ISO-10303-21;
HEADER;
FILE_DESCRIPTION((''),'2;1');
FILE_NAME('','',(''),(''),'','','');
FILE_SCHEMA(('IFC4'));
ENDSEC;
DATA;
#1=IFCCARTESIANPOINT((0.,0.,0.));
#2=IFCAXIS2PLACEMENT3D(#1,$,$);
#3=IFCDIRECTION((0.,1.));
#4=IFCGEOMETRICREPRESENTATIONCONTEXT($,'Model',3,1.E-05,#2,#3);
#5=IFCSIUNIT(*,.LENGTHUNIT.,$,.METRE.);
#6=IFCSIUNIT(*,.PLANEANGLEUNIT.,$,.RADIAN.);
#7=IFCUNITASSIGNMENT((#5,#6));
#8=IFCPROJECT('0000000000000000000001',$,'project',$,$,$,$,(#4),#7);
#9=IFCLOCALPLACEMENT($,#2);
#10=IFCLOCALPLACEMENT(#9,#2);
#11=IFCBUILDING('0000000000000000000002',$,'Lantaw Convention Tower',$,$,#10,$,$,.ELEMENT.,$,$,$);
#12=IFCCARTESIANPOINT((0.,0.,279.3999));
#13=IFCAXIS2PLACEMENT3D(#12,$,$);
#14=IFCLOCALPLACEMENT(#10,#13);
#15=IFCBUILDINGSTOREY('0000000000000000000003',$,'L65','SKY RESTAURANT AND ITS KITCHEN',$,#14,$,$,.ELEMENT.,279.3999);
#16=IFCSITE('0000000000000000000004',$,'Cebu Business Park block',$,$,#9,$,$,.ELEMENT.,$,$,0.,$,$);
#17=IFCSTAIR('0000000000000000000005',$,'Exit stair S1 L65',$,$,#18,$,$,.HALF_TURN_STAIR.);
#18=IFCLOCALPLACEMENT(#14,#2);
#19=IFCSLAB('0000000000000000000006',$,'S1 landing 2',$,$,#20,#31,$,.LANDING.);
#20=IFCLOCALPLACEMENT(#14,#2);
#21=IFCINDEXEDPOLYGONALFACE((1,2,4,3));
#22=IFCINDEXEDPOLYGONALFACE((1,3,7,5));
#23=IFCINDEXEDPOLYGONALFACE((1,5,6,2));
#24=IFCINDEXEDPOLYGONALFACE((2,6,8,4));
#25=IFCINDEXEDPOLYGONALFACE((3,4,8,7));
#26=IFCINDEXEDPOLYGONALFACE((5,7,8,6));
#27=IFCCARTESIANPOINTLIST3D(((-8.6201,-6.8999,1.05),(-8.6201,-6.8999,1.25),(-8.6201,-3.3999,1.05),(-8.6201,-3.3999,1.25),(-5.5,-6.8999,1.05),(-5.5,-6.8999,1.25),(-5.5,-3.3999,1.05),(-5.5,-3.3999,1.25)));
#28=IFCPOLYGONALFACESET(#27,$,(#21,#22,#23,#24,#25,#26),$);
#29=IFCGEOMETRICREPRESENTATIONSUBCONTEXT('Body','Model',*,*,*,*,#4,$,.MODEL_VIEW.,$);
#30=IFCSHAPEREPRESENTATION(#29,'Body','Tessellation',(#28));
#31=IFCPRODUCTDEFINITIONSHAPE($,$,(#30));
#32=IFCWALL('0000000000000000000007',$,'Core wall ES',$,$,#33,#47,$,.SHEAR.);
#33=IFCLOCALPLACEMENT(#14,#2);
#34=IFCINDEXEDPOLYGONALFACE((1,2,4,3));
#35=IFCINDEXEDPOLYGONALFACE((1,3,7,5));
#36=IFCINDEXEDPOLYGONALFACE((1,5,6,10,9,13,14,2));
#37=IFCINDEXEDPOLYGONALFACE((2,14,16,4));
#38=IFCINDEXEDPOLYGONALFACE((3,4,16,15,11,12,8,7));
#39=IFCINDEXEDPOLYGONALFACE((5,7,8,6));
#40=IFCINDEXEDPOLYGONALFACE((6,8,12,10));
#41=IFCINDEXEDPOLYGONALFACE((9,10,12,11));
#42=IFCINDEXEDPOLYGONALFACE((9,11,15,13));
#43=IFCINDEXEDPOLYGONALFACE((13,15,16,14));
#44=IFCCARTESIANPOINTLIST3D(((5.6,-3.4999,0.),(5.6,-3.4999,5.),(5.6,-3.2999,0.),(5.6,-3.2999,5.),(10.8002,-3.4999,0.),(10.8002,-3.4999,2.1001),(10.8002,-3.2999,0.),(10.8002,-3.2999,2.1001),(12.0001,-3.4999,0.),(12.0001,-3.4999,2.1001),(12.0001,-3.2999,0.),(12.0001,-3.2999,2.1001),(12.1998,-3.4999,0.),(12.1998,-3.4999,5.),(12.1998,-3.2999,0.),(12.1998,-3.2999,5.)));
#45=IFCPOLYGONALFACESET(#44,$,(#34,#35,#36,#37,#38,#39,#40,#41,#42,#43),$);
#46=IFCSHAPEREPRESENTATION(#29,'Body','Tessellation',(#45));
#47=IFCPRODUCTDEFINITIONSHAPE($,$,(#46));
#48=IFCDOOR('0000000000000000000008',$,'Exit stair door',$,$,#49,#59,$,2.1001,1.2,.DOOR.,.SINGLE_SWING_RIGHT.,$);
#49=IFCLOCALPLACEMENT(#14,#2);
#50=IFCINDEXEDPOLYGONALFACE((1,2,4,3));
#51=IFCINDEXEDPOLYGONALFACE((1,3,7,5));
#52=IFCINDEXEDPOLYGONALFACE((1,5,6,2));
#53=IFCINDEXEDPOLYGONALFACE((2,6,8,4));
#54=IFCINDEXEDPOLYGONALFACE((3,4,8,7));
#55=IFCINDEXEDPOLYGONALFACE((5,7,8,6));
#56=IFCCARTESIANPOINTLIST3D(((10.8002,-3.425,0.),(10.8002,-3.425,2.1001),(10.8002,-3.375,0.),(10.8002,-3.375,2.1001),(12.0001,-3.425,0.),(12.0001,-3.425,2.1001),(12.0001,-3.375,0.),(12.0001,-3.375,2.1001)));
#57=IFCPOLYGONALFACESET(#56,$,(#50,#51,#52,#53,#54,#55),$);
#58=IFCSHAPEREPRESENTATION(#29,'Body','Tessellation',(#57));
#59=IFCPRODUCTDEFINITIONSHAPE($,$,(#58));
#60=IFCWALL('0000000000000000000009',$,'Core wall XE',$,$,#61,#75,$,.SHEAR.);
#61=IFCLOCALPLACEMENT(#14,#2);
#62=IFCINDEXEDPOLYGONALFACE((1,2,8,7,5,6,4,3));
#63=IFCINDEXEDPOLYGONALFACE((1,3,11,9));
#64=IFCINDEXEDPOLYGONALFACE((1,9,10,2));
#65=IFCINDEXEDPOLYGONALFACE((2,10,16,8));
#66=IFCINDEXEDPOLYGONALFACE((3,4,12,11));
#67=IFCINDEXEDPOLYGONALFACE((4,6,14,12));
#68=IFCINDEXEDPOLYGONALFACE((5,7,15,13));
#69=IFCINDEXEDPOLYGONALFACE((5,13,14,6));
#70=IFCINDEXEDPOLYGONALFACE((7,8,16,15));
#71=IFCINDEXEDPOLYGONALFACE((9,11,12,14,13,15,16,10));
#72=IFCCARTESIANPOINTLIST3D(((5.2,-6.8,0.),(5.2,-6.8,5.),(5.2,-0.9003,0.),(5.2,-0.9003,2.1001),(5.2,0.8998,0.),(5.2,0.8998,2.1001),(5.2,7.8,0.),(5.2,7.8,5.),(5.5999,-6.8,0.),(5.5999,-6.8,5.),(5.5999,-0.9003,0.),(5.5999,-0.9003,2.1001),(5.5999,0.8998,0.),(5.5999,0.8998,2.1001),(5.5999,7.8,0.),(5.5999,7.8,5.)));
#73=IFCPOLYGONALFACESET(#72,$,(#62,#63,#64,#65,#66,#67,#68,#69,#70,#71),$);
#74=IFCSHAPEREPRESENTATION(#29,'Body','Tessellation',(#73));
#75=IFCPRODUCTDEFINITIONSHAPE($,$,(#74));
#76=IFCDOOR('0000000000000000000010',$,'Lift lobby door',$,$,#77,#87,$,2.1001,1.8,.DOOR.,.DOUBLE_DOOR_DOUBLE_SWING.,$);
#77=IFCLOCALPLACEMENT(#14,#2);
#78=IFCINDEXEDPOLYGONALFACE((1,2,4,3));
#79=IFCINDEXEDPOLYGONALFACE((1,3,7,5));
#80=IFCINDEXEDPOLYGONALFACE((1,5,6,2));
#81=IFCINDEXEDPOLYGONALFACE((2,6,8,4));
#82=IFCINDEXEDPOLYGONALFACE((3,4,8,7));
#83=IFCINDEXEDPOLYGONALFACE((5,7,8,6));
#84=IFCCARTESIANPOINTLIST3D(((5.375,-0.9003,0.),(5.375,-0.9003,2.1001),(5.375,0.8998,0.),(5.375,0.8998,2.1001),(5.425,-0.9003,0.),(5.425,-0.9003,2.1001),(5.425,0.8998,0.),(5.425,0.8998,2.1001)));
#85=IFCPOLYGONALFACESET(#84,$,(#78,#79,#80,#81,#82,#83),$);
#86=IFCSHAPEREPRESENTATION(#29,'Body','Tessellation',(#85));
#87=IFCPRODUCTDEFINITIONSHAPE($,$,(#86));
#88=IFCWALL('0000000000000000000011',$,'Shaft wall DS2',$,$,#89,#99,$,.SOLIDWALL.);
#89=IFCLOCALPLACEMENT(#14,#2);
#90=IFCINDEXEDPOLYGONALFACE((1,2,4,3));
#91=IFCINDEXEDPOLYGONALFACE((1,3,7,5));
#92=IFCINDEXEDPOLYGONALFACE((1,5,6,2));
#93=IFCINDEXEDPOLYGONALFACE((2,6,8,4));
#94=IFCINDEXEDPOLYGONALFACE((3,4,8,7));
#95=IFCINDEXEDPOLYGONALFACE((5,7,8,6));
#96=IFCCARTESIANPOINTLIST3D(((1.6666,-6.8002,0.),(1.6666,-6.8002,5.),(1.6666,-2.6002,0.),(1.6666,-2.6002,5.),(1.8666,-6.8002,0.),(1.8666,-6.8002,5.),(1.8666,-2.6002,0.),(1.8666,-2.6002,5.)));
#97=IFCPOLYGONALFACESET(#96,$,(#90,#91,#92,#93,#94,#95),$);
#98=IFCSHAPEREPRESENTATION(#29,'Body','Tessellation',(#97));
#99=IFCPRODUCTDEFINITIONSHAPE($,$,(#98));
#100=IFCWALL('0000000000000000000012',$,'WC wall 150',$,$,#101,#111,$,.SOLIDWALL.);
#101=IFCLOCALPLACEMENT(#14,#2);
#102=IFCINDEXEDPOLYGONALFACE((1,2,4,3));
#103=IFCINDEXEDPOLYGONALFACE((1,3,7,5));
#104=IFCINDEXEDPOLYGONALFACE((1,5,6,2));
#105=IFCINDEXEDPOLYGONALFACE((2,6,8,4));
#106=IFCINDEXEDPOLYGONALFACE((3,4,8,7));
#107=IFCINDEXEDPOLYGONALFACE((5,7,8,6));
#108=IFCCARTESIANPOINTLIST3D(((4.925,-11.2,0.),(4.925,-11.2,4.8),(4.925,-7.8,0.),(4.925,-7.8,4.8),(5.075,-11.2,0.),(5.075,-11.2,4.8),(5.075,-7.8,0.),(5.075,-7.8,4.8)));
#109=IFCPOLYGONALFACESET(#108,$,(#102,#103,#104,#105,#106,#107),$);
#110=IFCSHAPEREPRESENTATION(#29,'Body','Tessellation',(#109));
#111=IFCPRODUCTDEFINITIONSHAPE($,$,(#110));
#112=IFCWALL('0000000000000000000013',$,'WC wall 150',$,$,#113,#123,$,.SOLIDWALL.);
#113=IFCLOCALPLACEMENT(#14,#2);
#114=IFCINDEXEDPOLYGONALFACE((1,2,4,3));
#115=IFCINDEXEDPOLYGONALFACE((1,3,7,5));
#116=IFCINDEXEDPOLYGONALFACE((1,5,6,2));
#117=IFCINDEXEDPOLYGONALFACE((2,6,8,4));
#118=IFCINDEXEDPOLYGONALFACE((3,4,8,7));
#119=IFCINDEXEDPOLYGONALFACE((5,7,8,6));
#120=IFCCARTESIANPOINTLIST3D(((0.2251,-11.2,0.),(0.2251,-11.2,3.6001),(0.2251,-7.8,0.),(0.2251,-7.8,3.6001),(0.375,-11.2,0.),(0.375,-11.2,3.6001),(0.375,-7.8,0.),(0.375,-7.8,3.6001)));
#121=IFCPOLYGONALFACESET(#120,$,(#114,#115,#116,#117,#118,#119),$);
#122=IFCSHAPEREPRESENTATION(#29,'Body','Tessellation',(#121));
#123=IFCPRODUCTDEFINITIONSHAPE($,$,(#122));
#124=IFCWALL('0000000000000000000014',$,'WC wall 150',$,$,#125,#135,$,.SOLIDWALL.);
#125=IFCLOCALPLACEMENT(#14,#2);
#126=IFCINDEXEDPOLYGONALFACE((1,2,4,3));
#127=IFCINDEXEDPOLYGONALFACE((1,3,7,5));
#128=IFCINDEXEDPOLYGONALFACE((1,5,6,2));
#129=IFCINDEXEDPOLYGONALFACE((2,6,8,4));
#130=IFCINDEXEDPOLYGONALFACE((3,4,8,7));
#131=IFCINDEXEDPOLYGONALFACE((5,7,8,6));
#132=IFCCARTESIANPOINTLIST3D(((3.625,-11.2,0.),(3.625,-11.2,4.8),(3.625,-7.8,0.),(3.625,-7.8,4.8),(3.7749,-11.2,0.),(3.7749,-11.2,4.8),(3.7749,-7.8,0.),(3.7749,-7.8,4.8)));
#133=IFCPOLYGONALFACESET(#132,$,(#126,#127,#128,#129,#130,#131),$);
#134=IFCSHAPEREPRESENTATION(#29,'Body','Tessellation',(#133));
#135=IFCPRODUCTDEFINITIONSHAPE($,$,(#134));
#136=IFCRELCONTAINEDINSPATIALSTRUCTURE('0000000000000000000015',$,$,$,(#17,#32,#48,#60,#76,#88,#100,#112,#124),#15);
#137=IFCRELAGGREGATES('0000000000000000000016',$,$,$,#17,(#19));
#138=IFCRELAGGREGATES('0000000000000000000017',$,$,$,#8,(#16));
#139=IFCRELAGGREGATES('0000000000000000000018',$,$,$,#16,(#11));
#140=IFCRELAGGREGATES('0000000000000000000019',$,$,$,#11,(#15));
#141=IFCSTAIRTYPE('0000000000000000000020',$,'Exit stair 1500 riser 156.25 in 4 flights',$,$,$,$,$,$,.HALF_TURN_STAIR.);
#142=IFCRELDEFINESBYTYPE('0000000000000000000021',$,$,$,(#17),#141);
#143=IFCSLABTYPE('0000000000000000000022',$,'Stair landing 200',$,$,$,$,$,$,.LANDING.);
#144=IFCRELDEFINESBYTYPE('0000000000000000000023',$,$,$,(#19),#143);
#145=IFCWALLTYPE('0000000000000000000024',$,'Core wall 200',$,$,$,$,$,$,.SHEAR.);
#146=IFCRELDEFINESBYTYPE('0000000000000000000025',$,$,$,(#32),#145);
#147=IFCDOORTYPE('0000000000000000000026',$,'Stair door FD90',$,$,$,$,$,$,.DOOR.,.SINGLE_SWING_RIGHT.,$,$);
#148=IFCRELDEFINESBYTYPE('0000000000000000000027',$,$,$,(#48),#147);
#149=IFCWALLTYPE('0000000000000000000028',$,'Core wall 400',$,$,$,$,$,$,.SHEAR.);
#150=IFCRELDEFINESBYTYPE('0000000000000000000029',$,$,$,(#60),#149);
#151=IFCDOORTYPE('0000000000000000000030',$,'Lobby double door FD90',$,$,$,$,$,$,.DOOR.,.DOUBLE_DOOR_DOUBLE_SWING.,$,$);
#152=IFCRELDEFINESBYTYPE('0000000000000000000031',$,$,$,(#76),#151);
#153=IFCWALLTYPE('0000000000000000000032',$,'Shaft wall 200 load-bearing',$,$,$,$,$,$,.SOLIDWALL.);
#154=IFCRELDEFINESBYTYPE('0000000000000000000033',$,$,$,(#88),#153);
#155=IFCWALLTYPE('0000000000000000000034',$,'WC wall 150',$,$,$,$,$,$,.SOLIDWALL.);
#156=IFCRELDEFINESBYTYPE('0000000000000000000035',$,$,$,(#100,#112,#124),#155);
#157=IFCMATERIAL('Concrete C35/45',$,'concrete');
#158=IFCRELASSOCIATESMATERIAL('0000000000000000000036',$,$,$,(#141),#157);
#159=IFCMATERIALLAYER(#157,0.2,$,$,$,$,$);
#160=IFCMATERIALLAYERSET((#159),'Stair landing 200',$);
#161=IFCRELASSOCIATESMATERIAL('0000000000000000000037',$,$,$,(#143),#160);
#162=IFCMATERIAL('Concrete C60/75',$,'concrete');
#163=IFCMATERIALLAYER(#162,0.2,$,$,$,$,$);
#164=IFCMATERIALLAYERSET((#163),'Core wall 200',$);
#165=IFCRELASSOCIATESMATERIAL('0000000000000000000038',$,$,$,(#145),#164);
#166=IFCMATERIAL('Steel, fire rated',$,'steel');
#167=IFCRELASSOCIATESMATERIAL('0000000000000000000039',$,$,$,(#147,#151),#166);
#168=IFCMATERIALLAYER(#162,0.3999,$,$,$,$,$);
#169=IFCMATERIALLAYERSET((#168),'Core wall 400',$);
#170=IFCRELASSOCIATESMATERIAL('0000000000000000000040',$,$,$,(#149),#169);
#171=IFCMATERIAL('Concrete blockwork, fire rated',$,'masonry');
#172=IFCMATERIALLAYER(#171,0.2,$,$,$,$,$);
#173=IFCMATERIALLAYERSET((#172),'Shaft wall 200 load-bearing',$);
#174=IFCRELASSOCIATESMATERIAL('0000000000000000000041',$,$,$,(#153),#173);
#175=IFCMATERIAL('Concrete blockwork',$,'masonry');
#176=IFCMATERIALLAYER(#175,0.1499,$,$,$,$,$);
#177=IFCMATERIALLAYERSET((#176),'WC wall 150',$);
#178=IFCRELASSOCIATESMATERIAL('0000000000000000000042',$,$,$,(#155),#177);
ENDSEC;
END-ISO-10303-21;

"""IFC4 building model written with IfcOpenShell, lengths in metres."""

from ifc_helpers import new_model, si_unit, direction, frame, frame_2d, origin, place, context, subcontext, project, spatial, polyline, rectangle, outline, extrude, material, layer, layer_set, type_object, element, fill, aggregate, save


model = new_model("IFC4")

# Units and contexts
model_context = context("Model", 3, precision=1e-05, world=origin(), true_north=direction((0.0, 1.0)))
body_context = subcontext(model_context, "Body", "Model", "MODEL_VIEW")
ifc_project = project(units=[si_unit("LENGTHUNIT", "METRE"), si_unit("PLANEANGLEUNIT", "RADIAN")], contexts=[model_context])

# Site, building, storey
site_placement = place(None, origin())
site = spatial("IfcSite", under=ifc_project, at=site_placement, Name="Cebu Business Park block", CompositionType="ELEMENT", RefElevation=0.0)
building_placement = place(site_placement, origin())
building = spatial("IfcBuilding", under=site, at=building_placement, Name="Lantaw Convention Tower", CompositionType="ELEMENT")
storey_placement = place(building_placement, frame((0.0, 0.0, 279.3999)))
storey = spatial("IfcBuildingStorey", under=building, at=storey_placement, Name="L65", Description="SKY RESTAURANT AND ITS KITCHEN", CompositionType="ELEMENT", Elevation=279.3999)

# Shared definitions
ifc_material_1 = material(Name="Concrete C60/75", Category="concrete")

# Stair, slab
ifc_material_2 = material(Name="Concrete C35/45", Category="concrete")
stair_type = type_object("IfcStairType", Name="Exit stair 1500 riser 156.25 in 4 flights", PredefinedType="HALF_TURN_STAIR", material=ifc_material_2)
stair_placement = place(storey_placement, origin())
stair = element("IfcStair", 1, at=stair_placement, inside=storey, type_object=stair_type, Name="Exit stair S1 L65", PredefinedType="HALF_TURN_STAIR")
ifc_layer_1 = layer(ifc_material_2, 0.2)
ifc_layer_set_1 = layer_set([ifc_layer_1], Name="Stair landing 200")
slab_type = type_object("IfcSlabType", Name="Stair landing 200", PredefinedType="LANDING", material=ifc_layer_set_1)
slab_1_placement = place(storey_placement, frame((0.0, 0.0, 1.05)))
slab_1 = element("IfcSlab", 2, at=slab_1_placement, type_object=slab_type, Name="S1 landing 2", PredefinedType="LANDING", context=body_context, shape_type="SweptSolid", body=[
    extrude(outline(polyline([(-8.6201, -6.8999), (-5.5, -6.8999), (-5.5, -3.3999), (-8.6201, -3.3999), (-8.6201, -6.8999)])), origin(), (0.0, 0.0, 1.0), 0.2),
])
aggregate(stair, [slab_1])

# Walls, openings, doors
ifc_layer_2 = layer(ifc_material_1, 0.2)
ifc_layer_set_2 = layer_set([ifc_layer_2], Name="Core wall 200")
wall_type_1 = type_object("IfcWallType", Name="Core wall 200", PredefinedType="SHEAR", material=ifc_layer_set_2)
wall_1_placement = place(storey_placement, frame((5.6001, -3.3999, 0.0), z_axis=(0.0, 0.0, 1.0), x_axis=(1.0, 0.0, 0.0)))
wall_1 = element("IfcWall", 3, at=wall_1_placement, inside=storey, type_object=wall_type_1, Name="Core wall ES", PredefinedType="SHEAR", context=body_context, shape_type="SweptSolid", body=[
    extrude(rectangle(XDim=6.5999, YDim=0.2, at=frame_2d((3.2998, 0.0))), origin(), (0.0, 0.0, 1.0), 5.0),
])
opening_1_placement = place(wall_1_placement, frame((5.2, 0.0, 0.0)))
opening_1 = element("IfcOpeningElement", 4, at=opening_1_placement, cuts=wall_1, PredefinedType="OPENING", context=body_context, shape_type="SweptSolid", body=[
    extrude(rectangle(XDim=1.2, YDim=2.1001, at=frame_2d((0.6001, 1.05))), frame((0.0, 0.1099, 0.0), z_axis=(0.0, -1.0, 0.0), x_axis=(1.0, 0.0, 0.0)), (0.0, 0.0, 1.0), 0.22),
])
ifc_material_3 = material(Name="Steel, fire rated", Category="steel")
door_type_1 = type_object("IfcDoorType", Name="Stair door FD90", OperationType="SINGLE_SWING_RIGHT", PredefinedType="DOOR", material=ifc_material_3)
door_1_placement = place(opening_1_placement, origin())
door_1 = element("IfcDoor", 5, at=door_1_placement, inside=storey, type_object=door_type_1, Name="Exit stair door", OperationType="SINGLE_SWING_RIGHT", OverallHeight=2.1001, OverallWidth=1.2, PredefinedType="DOOR", context=body_context, shape_type="SweptSolid", body=[
    extrude(rectangle(XDim=1.2, YDim=2.1001, at=frame_2d((0.6001, 1.05))), frame((0.0, 0.0249, 0.0), z_axis=(0.0, -1.0, 0.0), x_axis=(1.0, 0.0, 0.0)), (0.0, 0.0, 1.0), 0.05),
])
fill(opening_1, door_1)
ifc_layer_3 = layer(ifc_material_1, 0.3999)
ifc_layer_set_3 = layer_set([ifc_layer_3], Name="Core wall 400")
wall_type_2 = type_object("IfcWallType", Name="Core wall 400", PredefinedType="SHEAR", material=ifc_layer_set_3)
wall_2_placement = place(storey_placement, frame((5.3999, -6.8, 0.0), z_axis=(0.0, 0.0, 1.0), x_axis=(0.0, 1.0, 0.0)))
wall_2 = element("IfcWall", 6, at=wall_2_placement, inside=storey, type_object=wall_type_2, Name="Core wall XE", PredefinedType="SHEAR", context=body_context, shape_type="SweptSolid", body=[
    extrude(rectangle(XDim=14.6001, YDim=0.3999, at=frame_2d((7.3, 0.0))), origin(), (0.0, 0.0, 1.0), 5.0),
])
opening_2_placement = place(wall_2_placement, frame((5.8999, 0.0, 0.0)))
opening_2 = element("IfcOpeningElement", 7, at=opening_2_placement, cuts=wall_2, PredefinedType="OPENING", context=body_context, shape_type="SweptSolid", body=[
    extrude(rectangle(XDim=1.8, YDim=2.1001, at=frame_2d((0.8999, 1.05))), frame((0.0, 0.21, 0.0), z_axis=(0.0, -1.0, 0.0), x_axis=(1.0, 0.0, 0.0)), (0.0, 0.0, 1.0), 0.4199),
])
door_type_2 = type_object("IfcDoorType", Name="Lobby double door FD90", OperationType="DOUBLE_DOOR_DOUBLE_SWING", PredefinedType="DOOR", material=ifc_material_3)
door_2_placement = place(opening_2_placement, origin())
door_2 = element("IfcDoor", 8, at=door_2_placement, inside=storey, type_object=door_type_2, Name="Lift lobby door", OperationType="DOUBLE_DOOR_DOUBLE_SWING", OverallHeight=2.1001, OverallWidth=1.8, PredefinedType="DOOR", context=body_context, shape_type="SweptSolid", body=[
    extrude(rectangle(XDim=1.8, YDim=2.1001, at=frame_2d((0.8999, 1.05))), frame((0.0, 0.0249, 0.0), z_axis=(0.0, -1.0, 0.0), x_axis=(1.0, 0.0, 0.0)), (0.0, 0.0, 1.0), 0.05),
])
fill(opening_2, door_2)

# Walls
ifc_material_4 = material(Name="Concrete blockwork, fire rated", Category="masonry")
ifc_layer_4 = layer(ifc_material_4, 0.2)
ifc_layer_set_4 = layer_set([ifc_layer_4], Name="Shaft wall 200 load-bearing")
wall_type_3 = type_object("IfcWallType", Name="Shaft wall 200 load-bearing", PredefinedType="SOLIDWALL", material=ifc_layer_set_4)
wall_3_placement = place(storey_placement, frame((1.7666, -2.6001, 0.0), z_axis=(0.0, 0.0, 1.0), x_axis=(0.0, -1.0, 0.0)))
element("IfcWall", 9, at=wall_3_placement, inside=storey, type_object=wall_type_3, Name="Shaft wall DS2", PredefinedType="SOLIDWALL", context=body_context, shape_type="SweptSolid", body=[
    extrude(rectangle(XDim=4.2, YDim=0.2, at=frame_2d((2.1001, 0.0))), origin(), (0.0, 0.0, 1.0), 5.0),
])
ifc_material_5 = material(Name="Concrete blockwork", Category="masonry")
ifc_layer_5 = layer(ifc_material_5, 0.1499)
ifc_layer_set_5 = layer_set([ifc_layer_5], Name="WC wall 150")
wall_type_4 = type_object("IfcWallType", Name="WC wall 150", PredefinedType="SOLIDWALL", material=ifc_layer_set_5)
wall_4_placement = place(storey_placement, frame((5.0, -7.8, 0.0), z_axis=(0.0, 0.0, 1.0), x_axis=(0.0, -1.0, 0.0)))
element("IfcWall", 10, at=wall_4_placement, inside=storey, type_object=wall_type_4, Name="WC wall 150", PredefinedType="SOLIDWALL", context=body_context, shape_type="SweptSolid", body=[
    extrude(rectangle(XDim=3.3999, YDim=0.1499, at=frame_2d((1.7, 0.0))), origin(), (0.0, 0.0, 1.0), 4.8),
])
wall_5_placement = place(storey_placement, frame((0.3, -7.8, 0.0), z_axis=(0.0, 0.0, 1.0), x_axis=(0.0, -1.0, 0.0)))
element("IfcWall", 11, at=wall_5_placement, inside=storey, type_object=wall_type_4, Name="WC wall 150", PredefinedType="SOLIDWALL", context=body_context, shape_type="SweptSolid", body=[
    extrude(rectangle(XDim=3.3999, YDim=0.1499, at=frame_2d((1.7, 0.0))), origin(), (0.0, 0.0, 1.0), 3.6001),
])
wall_6_placement = place(storey_placement, frame((3.7, -7.8, 0.0), z_axis=(0.0, 0.0, 1.0), x_axis=(0.0, -1.0, 0.0)))
element("IfcWall", 12, at=wall_6_placement, inside=storey, type_object=wall_type_4, Name="WC wall 150", PredefinedType="SOLIDWALL", context=body_context, shape_type="SweptSolid", body=[
    extrude(rectangle(XDim=3.3999, YDim=0.1499, at=frame_2d((1.7, 0.0))), origin(), (0.0, 0.0, 1.0), 4.8),
])

save(model, "model.ifc")
